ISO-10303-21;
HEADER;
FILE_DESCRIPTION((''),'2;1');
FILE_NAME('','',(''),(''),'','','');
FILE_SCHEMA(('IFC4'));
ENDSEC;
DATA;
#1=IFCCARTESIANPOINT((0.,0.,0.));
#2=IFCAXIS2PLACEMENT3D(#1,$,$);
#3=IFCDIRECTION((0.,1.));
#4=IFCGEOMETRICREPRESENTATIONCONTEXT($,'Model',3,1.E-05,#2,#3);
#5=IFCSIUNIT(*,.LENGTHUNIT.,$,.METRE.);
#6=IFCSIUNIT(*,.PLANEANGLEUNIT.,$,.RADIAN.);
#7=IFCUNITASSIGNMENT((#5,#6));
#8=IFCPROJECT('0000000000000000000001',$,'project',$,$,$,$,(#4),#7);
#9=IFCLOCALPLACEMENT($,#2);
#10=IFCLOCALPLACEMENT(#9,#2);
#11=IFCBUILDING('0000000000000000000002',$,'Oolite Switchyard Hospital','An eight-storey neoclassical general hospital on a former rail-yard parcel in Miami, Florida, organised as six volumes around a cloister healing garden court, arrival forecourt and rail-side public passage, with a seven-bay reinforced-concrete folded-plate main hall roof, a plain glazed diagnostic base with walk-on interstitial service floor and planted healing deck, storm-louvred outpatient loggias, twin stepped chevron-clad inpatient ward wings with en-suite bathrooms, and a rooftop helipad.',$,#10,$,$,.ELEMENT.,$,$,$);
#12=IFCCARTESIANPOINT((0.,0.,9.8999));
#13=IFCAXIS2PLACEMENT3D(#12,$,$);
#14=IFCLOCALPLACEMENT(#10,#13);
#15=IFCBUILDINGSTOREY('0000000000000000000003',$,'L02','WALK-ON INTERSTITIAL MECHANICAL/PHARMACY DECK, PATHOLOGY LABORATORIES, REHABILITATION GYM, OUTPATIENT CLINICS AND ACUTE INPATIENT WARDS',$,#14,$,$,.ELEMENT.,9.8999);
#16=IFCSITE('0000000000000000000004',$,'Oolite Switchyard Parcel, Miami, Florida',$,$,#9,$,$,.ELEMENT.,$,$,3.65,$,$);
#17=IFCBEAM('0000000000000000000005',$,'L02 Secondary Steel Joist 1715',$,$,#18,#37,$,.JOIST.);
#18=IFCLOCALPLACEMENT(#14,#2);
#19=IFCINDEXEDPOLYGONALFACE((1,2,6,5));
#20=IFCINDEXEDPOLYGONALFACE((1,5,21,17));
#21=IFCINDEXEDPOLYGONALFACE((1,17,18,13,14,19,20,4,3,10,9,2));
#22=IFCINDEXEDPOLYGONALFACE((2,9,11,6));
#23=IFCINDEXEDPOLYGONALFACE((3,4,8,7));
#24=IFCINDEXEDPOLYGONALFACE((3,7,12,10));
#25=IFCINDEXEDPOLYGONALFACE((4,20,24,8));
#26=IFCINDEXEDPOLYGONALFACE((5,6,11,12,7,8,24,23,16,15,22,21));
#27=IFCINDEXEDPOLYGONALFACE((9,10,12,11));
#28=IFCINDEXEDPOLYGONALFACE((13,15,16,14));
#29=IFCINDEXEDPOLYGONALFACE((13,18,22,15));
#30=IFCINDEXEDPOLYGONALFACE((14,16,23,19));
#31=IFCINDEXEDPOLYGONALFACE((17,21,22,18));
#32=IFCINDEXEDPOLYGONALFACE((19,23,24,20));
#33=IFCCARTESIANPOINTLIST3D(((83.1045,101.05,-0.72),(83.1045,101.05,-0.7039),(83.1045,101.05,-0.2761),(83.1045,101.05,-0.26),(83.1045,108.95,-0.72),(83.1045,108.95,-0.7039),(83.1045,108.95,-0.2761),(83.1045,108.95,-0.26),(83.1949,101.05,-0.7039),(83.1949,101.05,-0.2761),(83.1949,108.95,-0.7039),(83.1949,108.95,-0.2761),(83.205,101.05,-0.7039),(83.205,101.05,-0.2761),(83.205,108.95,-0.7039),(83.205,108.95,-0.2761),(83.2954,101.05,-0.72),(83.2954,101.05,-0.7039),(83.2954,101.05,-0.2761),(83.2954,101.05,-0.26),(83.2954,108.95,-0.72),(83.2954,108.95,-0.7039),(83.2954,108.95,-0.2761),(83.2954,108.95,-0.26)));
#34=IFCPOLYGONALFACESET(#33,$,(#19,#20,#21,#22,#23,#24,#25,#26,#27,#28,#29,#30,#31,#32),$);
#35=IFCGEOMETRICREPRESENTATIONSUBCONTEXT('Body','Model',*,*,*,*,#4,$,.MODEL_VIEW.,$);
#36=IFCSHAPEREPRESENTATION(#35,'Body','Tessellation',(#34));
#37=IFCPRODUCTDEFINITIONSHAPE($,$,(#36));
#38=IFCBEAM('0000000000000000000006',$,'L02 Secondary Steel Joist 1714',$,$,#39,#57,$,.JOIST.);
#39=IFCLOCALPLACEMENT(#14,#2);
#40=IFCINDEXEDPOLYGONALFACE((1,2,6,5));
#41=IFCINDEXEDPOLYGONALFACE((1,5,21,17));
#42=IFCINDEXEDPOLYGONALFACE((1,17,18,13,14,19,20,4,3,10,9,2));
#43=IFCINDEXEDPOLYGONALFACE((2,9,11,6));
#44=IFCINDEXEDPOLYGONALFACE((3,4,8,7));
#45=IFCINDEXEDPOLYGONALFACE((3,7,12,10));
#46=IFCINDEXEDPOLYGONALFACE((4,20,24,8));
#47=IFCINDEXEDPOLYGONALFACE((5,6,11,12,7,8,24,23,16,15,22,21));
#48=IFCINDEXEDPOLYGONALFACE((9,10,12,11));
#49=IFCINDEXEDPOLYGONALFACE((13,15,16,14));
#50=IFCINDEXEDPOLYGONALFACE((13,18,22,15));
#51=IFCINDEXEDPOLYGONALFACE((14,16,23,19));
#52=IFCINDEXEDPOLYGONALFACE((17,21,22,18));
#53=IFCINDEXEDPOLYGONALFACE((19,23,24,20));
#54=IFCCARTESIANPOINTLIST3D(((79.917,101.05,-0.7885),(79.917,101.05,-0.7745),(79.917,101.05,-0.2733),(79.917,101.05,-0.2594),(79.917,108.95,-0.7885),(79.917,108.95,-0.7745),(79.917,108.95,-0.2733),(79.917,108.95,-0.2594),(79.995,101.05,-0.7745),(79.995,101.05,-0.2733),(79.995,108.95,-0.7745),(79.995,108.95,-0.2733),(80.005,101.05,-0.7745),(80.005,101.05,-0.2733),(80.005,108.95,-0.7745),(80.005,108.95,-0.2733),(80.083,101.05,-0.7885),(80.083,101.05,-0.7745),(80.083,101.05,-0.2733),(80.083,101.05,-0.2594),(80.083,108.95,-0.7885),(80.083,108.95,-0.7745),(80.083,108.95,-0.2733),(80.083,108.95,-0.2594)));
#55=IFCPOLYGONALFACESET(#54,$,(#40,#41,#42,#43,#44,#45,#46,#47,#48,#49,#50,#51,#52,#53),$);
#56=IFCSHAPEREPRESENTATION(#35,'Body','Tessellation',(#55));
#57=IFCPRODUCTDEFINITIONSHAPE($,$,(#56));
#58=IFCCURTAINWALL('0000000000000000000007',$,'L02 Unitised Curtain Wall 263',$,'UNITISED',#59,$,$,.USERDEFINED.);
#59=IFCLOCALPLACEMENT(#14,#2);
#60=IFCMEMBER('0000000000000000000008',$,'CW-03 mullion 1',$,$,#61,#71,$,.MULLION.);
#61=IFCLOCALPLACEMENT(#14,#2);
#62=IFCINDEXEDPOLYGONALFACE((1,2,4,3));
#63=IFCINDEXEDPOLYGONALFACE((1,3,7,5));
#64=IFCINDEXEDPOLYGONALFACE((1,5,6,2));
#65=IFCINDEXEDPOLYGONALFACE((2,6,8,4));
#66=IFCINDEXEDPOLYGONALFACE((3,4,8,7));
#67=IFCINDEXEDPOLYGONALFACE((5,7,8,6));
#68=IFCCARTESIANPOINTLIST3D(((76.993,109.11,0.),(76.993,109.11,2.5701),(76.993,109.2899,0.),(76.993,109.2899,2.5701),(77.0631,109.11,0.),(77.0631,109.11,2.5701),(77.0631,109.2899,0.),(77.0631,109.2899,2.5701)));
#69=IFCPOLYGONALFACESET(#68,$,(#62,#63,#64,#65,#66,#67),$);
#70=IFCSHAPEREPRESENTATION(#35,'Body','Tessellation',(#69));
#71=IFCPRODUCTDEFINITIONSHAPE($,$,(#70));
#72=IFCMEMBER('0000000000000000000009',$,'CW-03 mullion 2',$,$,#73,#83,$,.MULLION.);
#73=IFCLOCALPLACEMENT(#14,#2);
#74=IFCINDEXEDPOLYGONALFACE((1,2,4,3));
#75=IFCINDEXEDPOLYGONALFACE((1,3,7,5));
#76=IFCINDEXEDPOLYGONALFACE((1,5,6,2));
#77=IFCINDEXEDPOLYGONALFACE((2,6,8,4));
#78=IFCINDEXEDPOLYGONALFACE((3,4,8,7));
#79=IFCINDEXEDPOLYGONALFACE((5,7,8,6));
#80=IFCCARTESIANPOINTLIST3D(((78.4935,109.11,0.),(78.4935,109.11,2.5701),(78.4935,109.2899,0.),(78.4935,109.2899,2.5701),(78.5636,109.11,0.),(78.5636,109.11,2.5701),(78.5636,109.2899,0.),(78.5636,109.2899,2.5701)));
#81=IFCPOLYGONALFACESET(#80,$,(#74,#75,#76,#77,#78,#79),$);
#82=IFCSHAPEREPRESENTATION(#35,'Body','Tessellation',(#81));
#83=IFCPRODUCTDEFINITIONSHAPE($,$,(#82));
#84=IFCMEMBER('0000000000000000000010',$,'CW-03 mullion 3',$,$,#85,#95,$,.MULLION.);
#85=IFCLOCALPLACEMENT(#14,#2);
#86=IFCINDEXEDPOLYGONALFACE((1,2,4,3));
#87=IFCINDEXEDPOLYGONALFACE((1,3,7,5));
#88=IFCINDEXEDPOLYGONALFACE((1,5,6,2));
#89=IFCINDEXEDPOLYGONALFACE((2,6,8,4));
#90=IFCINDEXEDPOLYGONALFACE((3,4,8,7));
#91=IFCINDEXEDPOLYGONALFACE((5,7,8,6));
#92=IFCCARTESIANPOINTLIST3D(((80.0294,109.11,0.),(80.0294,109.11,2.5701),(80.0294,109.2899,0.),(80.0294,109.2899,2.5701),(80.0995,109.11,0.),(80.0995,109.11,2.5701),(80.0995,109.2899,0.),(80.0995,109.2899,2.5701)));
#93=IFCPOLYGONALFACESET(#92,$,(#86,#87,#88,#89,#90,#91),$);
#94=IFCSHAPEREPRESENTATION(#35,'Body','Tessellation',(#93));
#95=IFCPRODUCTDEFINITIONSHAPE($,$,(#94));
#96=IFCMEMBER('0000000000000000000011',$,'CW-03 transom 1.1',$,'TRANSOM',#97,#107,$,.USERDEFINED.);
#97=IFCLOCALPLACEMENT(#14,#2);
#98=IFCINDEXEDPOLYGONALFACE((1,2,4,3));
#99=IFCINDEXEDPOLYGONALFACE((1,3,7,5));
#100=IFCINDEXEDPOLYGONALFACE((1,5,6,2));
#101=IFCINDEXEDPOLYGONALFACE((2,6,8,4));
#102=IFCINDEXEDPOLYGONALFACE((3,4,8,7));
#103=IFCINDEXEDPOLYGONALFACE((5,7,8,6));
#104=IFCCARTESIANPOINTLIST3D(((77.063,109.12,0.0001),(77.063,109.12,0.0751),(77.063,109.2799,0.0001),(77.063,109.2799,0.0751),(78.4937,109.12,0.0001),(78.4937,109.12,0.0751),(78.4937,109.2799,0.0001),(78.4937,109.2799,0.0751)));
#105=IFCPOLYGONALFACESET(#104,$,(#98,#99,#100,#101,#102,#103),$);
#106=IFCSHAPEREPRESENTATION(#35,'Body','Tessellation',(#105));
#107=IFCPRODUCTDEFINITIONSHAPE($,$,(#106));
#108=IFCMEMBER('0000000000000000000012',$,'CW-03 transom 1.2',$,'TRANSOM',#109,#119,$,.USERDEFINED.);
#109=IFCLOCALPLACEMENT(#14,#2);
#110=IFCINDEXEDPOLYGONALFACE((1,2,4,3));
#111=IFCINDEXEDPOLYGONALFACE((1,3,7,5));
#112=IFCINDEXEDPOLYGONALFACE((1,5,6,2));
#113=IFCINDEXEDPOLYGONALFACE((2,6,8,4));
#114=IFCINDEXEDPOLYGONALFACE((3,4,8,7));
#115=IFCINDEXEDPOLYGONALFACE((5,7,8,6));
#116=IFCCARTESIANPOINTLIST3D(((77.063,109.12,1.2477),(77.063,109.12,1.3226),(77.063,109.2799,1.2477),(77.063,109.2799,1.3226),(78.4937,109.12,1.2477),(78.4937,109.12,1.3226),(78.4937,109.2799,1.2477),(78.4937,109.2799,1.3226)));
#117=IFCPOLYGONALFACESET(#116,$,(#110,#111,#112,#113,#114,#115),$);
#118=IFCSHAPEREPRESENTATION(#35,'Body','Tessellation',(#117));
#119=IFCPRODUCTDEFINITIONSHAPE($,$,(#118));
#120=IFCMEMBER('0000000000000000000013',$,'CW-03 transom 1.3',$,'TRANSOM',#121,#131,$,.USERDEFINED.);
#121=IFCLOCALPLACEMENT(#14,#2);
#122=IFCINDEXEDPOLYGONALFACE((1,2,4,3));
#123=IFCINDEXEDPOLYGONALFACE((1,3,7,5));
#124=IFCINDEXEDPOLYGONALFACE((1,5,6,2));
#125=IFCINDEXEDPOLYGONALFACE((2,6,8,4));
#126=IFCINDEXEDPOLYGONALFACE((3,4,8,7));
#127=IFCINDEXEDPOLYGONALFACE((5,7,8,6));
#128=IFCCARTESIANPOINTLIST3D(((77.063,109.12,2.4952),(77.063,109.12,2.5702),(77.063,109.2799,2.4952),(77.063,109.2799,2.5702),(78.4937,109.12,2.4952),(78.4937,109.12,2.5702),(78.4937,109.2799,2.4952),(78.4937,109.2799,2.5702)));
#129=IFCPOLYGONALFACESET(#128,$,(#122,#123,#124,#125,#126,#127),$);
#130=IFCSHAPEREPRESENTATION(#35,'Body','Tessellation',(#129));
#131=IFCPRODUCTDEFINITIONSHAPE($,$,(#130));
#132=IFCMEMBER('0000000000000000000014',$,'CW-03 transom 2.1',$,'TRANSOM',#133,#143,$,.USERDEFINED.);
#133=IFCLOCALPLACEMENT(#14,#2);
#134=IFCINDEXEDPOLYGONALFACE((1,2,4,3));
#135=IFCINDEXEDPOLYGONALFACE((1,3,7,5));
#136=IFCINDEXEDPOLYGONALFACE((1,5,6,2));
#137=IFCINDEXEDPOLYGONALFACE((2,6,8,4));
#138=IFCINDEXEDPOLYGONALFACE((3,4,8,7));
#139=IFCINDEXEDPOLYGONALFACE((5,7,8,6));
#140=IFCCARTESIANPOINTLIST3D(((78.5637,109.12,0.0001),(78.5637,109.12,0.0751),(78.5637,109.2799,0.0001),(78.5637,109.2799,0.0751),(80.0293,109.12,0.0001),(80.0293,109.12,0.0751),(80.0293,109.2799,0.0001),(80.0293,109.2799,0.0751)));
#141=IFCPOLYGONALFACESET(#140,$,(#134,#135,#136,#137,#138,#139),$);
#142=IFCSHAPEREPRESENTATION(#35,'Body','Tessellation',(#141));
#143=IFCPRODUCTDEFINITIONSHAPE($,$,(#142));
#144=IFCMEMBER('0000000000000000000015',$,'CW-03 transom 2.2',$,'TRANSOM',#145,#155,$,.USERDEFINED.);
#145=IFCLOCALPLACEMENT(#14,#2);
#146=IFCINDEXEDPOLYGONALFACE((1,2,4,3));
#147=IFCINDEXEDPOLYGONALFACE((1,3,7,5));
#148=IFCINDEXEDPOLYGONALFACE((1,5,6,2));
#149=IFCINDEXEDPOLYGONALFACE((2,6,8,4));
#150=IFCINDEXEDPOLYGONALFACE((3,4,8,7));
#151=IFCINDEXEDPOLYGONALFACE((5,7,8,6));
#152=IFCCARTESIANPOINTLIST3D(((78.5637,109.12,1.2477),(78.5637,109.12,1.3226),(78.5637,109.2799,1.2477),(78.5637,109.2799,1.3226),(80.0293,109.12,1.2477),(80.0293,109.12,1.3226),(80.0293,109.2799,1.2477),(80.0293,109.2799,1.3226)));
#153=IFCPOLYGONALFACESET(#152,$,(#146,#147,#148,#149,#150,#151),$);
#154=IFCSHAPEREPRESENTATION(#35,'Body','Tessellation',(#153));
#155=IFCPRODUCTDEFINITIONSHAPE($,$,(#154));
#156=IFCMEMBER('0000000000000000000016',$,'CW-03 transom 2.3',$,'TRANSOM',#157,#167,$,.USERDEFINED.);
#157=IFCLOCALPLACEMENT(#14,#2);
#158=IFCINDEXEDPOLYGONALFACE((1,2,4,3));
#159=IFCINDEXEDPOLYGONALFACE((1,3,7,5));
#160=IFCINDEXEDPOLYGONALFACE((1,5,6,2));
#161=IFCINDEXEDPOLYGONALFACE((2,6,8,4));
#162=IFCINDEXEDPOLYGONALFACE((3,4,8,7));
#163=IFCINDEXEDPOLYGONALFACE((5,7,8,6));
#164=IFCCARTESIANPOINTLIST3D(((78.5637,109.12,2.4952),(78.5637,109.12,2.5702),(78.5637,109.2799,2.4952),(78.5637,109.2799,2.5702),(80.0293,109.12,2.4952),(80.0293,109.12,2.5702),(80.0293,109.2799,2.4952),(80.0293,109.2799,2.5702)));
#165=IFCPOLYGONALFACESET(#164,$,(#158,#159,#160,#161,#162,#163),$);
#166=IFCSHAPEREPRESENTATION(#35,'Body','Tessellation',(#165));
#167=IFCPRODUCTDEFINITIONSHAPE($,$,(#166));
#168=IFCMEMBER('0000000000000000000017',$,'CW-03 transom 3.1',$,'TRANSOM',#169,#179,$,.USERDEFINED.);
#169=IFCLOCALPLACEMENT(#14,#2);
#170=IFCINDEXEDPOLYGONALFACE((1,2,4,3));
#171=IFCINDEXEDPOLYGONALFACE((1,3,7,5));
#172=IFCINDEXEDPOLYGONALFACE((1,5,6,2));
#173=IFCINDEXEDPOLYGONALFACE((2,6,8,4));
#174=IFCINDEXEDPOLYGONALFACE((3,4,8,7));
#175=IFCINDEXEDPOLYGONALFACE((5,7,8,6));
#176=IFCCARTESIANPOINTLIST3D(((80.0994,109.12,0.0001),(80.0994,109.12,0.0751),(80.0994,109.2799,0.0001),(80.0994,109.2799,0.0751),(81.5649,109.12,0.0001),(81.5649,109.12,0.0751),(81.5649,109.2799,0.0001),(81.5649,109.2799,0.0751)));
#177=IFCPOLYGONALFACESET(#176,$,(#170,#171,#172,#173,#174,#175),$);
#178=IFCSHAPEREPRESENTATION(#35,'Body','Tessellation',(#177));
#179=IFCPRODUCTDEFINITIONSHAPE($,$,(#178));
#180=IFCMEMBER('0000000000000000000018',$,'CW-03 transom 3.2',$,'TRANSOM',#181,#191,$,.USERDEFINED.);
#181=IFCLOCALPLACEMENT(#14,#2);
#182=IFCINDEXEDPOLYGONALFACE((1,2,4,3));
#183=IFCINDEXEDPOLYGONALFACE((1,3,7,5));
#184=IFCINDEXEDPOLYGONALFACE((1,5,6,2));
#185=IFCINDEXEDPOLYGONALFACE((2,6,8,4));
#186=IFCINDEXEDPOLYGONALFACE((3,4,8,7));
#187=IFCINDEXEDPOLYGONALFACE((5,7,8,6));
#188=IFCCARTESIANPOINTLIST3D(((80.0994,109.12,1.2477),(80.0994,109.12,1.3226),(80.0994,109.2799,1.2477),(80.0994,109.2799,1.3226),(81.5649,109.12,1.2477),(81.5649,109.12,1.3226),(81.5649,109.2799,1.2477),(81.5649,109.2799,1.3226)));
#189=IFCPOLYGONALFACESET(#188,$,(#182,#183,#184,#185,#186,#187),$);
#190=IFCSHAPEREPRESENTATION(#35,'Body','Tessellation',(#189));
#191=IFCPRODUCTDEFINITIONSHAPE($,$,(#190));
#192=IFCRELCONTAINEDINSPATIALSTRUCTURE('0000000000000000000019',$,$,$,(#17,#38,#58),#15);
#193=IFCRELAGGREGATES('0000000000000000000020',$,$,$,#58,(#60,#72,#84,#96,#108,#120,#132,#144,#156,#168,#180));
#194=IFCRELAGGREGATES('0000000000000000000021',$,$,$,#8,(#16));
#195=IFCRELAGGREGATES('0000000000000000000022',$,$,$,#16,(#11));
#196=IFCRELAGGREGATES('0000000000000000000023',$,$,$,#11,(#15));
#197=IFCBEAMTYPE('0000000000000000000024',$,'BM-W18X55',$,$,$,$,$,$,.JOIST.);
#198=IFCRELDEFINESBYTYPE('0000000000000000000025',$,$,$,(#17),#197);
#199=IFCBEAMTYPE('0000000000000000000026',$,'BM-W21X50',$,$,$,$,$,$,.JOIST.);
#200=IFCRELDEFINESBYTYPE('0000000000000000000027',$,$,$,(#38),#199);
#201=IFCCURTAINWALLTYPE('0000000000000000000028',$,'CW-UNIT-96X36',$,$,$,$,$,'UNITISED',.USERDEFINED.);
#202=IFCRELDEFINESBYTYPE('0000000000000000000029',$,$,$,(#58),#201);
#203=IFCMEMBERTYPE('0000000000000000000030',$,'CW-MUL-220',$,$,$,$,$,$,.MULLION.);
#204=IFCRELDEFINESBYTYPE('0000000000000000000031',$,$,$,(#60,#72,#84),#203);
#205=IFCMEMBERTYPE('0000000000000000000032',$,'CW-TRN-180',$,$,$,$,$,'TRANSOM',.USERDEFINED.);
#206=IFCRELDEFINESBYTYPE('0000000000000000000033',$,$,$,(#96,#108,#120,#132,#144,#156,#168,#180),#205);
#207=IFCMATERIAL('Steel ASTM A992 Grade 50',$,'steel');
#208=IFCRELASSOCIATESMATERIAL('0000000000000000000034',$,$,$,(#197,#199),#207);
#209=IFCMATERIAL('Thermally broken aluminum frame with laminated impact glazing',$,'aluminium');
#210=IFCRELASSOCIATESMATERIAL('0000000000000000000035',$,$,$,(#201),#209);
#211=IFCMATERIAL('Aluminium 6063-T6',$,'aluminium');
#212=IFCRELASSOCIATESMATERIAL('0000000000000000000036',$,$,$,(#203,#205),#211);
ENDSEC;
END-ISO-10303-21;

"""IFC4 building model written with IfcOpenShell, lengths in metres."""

from ifc_helpers import new_model, si_unit, direction, frame, origin, origin_2d, place, context, subcontext, project, spatial, rectangle, i_section, extrude, material, material_profile, profile_set, type_object, element, aggregate, save


model = new_model("IFC4")

# Units and contexts
model_context = context("Model", 3, precision=1e-05, world=origin(), true_north=direction((0.0, 1.0)))
body_context = subcontext(model_context, "Body", "Model", "MODEL_VIEW")
ifc_project = project(units=[si_unit("LENGTHUNIT", "METRE"), si_unit("PLANEANGLEUNIT", "RADIAN")], contexts=[model_context])

# Site, building, storey
site_placement = place(None, origin())
site = spatial("IfcSite", under=ifc_project, at=site_placement, Name="Oolite Switchyard Parcel, Miami, Florida", CompositionType="ELEMENT", RefElevation=3.65)
building_placement = place(site_placement, origin())
building = spatial("IfcBuilding", under=site, at=building_placement, Name="Oolite Switchyard Hospital", Description="An eight-storey neoclassical general hospital on a former rail-yard parcel in Miami, Florida, organised as six volumes around a cloister healing garden court, arrival forecourt and rail-side public passage, with a seven-bay reinforced-concrete folded-plate main hall roof, a plain glazed diagnostic base with walk-on interstitial service floor and planted healing deck, storm-louvred outpatient loggias, twin stepped chevron-clad inpatient ward wings with en-suite bathrooms, and a rooftop helipad.", CompositionType="ELEMENT")
storey_placement = place(building_placement, frame((0.0, 0.0, 9.8999)))
storey = spatial("IfcBuildingStorey", under=building, at=storey_placement, Name="L02", Description="WALK-ON INTERSTITIAL MECHANICAL/PHARMACY DECK, PATHOLOGY LABORATORIES, REHABILITATION GYM, OUTPATIENT CLINICS AND ACUTE INPATIENT WARDS", CompositionType="ELEMENT", Elevation=9.8999)

# Beams
ifc_material_1 = material(Name="Steel ASTM A992 Grade 50", Category="steel")
ifc_material_profile_1 = material_profile(ifc_material_1, i_section(OverallWidth=0.1909, OverallDepth=0.46, WebThickness=0.01, FlangeThickness=0.0161, at=origin_2d()), Name="W18X55")
ifc_profile_set_1 = profile_set([ifc_material_profile_1], Name="Steel ASTM A992 Grade 50")
beam_type_1 = type_object("IfcBeamType", Name="BM-W18X55", PredefinedType="JOIST", material=ifc_profile_set_1)
beam_1_placement = place(storey_placement, frame((83.2, 101.05, -0.49), z_axis=(0.0, 1.0, 0.0), x_axis=(-1.0, 0.0, 0.0)))
element("IfcBeam", 1, at=beam_1_placement, inside=storey, type_object=beam_type_1, Name="L02 Secondary Steel Joist 1715", PredefinedType="JOIST", context=body_context, shape_type="SweptSolid", body=[
    extrude(i_section(OverallWidth=0.1909, OverallDepth=0.46, WebThickness=0.01, FlangeThickness=0.0161, at=origin_2d()), origin(), (0.0, 0.0, 1.0), 7.8999),
])
ifc_material_profile_2 = material_profile(ifc_material_1, i_section(OverallWidth=0.166, OverallDepth=0.5291, WebThickness=0.01, FlangeThickness=0.0139, at=origin_2d()), Name="W21X50")
ifc_profile_set_2 = profile_set([ifc_material_profile_2], Name="Steel ASTM A992 Grade 50")
beam_type_2 = type_object("IfcBeamType", Name="BM-W21X50", PredefinedType="JOIST", material=ifc_profile_set_2)
beam_2_placement = place(storey_placement, frame((80.0, 101.05, -0.5239), z_axis=(0.0, 1.0, 0.0), x_axis=(-1.0, 0.0, 0.0)))
element("IfcBeam", 2, at=beam_2_placement, inside=storey, type_object=beam_type_2, Name="L02 Secondary Steel Joist 1714", PredefinedType="JOIST", context=body_context, shape_type="SweptSolid", body=[
    extrude(i_section(OverallWidth=0.166, OverallDepth=0.5291, WebThickness=0.01, FlangeThickness=0.0139, at=origin_2d()), origin(), (0.0, 0.0, 1.0), 7.8999),
])

# Curtain wall, members
ifc_material_2 = material(Name="Thermally broken aluminum frame with laminated impact glazing", Category="aluminium")
curtain_wall_type = type_object("IfcCurtainWallType", Name="CW-UNIT-96X36", ElementType="UNITISED", PredefinedType="USERDEFINED", material=ifc_material_2)
curtain_wall_placement = place(storey_placement, origin())
curtain_wall = element("IfcCurtainWall", 3, at=curtain_wall_placement, inside=storey, type_object=curtain_wall_type, Name="L02 Unitised Curtain Wall 263", ObjectType="UNITISED", PredefinedType="USERDEFINED")
ifc_material_3 = material(Name="Aluminium 6063-T6", Category="aluminium")
ifc_material_profile_3 = material_profile(ifc_material_3, rectangle(XDim=0.1799, YDim=0.0701, at=origin_2d()), Name="CWM70X180")
ifc_profile_set_3 = profile_set([ifc_material_profile_3], Name="Aluminium 6063-T6")
member_type_1 = type_object("IfcMemberType", Name="CW-MUL-220", PredefinedType="MULLION", material=ifc_profile_set_3)
member_1_placement = place(storey_placement, frame((77.0281, 109.2, 0.0), z_axis=(0.0, 0.0, 1.0), x_axis=(0.0, 1.0, 0.0)))
member_1 = element("IfcMember", 4, at=member_1_placement, type_object=member_type_1, Name="CW-03 mullion 1", PredefinedType="MULLION", context=body_context, shape_type="SweptSolid", body=[
    extrude(rectangle(XDim=0.1799, YDim=0.0701, at=origin_2d()), origin(), (0.0, 0.0, 1.0), 2.5701),
])
member_2_placement = place(storey_placement, frame((78.5286, 109.2, 0.0), z_axis=(0.0, 0.0, 1.0), x_axis=(0.0, 1.0, 0.0)))
member_2 = element("IfcMember", 5, at=member_2_placement, type_object=member_type_1, Name="CW-03 mullion 2", PredefinedType="MULLION", context=body_context, shape_type="SweptSolid", body=[
    extrude(rectangle(XDim=0.1799, YDim=0.0701, at=origin_2d()), origin(), (0.0, 0.0, 1.0), 2.5701),
])
member_3_placement = place(storey_placement, frame((80.0645, 109.2, 0.0), z_axis=(0.0, 0.0, 1.0), x_axis=(0.0, 1.0, 0.0)))
member_3 = element("IfcMember", 6, at=member_3_placement, type_object=member_type_1, Name="CW-03 mullion 3", PredefinedType="MULLION", context=body_context, shape_type="SweptSolid", body=[
    extrude(rectangle(XDim=0.1799, YDim=0.0701, at=origin_2d()), origin(), (0.0, 0.0, 1.0), 2.5701),
])
ifc_material_profile_4 = material_profile(ifc_material_3, rectangle(XDim=0.1599, YDim=0.075, at=origin_2d()), Name="CWT75X160")
ifc_profile_set_4 = profile_set([ifc_material_profile_4], Name="Aluminium 6063-T6")
member_type_2 = type_object("IfcMemberType", Name="CW-TRN-180", ElementType="TRANSOM", PredefinedType="USERDEFINED", material=ifc_profile_set_4)
member_4_placement = place(storey_placement, frame((77.063, 109.2, 0.0376), z_axis=(1.0, 0.0, 0.0), x_axis=(0.0, 1.0, 0.0)))
member_4 = element("IfcMember", 7, at=member_4_placement, type_object=member_type_2, Name="CW-03 transom 1.1", ObjectType="TRANSOM", PredefinedType="USERDEFINED", context=body_context, shape_type="SweptSolid", body=[
    extrude(rectangle(XDim=0.1599, YDim=0.075, at=origin_2d()), origin(), (0.0, 0.0, 1.0), 1.4307),
])
member_5_placement = place(storey_placement, frame((77.063, 109.2, 1.2852), z_axis=(1.0, 0.0, 0.0), x_axis=(0.0, 1.0, 0.0)))
member_5 = element("IfcMember", 8, at=member_5_placement, type_object=member_type_2, Name="CW-03 transom 1.2", ObjectType="TRANSOM", PredefinedType="USERDEFINED", context=body_context, shape_type="SweptSolid", body=[
    extrude(rectangle(XDim=0.1599, YDim=0.075, at=origin_2d()), origin(), (0.0, 0.0, 1.0), 1.4307),
])
member_6_placement = place(storey_placement, frame((77.063, 109.2, 2.5327), z_axis=(1.0, 0.0, 0.0), x_axis=(0.0, 1.0, 0.0)))
member_6 = element("IfcMember", 9, at=member_6_placement, type_object=member_type_2, Name="CW-03 transom 1.3", ObjectType="TRANSOM", PredefinedType="USERDEFINED", context=body_context, shape_type="SweptSolid", body=[
    extrude(rectangle(XDim=0.1599, YDim=0.075, at=origin_2d()), origin(), (0.0, 0.0, 1.0), 1.4307),
])
member_7_placement = place(storey_placement, frame((78.5637, 109.2, 0.0376), z_axis=(1.0, 0.0, 0.0), x_axis=(0.0, 1.0, 0.0)))
member_7 = element("IfcMember", 10, at=member_7_placement, type_object=member_type_2, Name="CW-03 transom 2.1", ObjectType="TRANSOM", PredefinedType="USERDEFINED", context=body_context, shape_type="SweptSolid", body=[
    extrude(rectangle(XDim=0.1599, YDim=0.075, at=origin_2d()), origin(), (0.0, 0.0, 1.0), 1.4656),
])
member_8_placement = place(storey_placement, frame((78.5637, 109.2, 1.2852), z_axis=(1.0, 0.0, 0.0), x_axis=(0.0, 1.0, 0.0)))
member_8 = element("IfcMember", 11, at=member_8_placement, type_object=member_type_2, Name="CW-03 transom 2.2", ObjectType="TRANSOM", PredefinedType="USERDEFINED", context=body_context, shape_type="SweptSolid", body=[
    extrude(rectangle(XDim=0.1599, YDim=0.075, at=origin_2d()), origin(), (0.0, 0.0, 1.0), 1.4656),
])
member_9_placement = place(storey_placement, frame((78.5637, 109.2, 2.5327), z_axis=(1.0, 0.0, 0.0), x_axis=(0.0, 1.0, 0.0)))
member_9 = element("IfcMember", 12, at=member_9_placement, type_object=member_type_2, Name="CW-03 transom 2.3", ObjectType="TRANSOM", PredefinedType="USERDEFINED", context=body_context, shape_type="SweptSolid", body=[
    extrude(rectangle(XDim=0.1599, YDim=0.075, at=origin_2d()), origin(), (0.0, 0.0, 1.0), 1.4656),
])
member_10_placement = place(storey_placement, frame((80.0994, 109.2, 0.0376), z_axis=(1.0, 0.0, 0.0), x_axis=(0.0, 1.0, 0.0)))
member_10 = element("IfcMember", 13, at=member_10_placement, type_object=member_type_2, Name="CW-03 transom 3.1", ObjectType="TRANSOM", PredefinedType="USERDEFINED", context=body_context, shape_type="SweptSolid", body=[
    extrude(rectangle(XDim=0.1599, YDim=0.075, at=origin_2d()), origin(), (0.0, 0.0, 1.0), 1.4656),
])
member_11_placement = place(storey_placement, frame((80.0994, 109.2, 1.2852), z_axis=(1.0, 0.0, 0.0), x_axis=(0.0, 1.0, 0.0)))
member_11 = element("IfcMember", 14, at=member_11_placement, type_object=member_type_2, Name="CW-03 transom 3.2", ObjectType="TRANSOM", PredefinedType="USERDEFINED", context=body_context, shape_type="SweptSolid", body=[
    extrude(rectangle(XDim=0.1599, YDim=0.075, at=origin_2d()), origin(), (0.0, 0.0, 1.0), 1.4656),
])
aggregate(curtain_wall, [member_1, member_2, member_3, member_4, member_5, member_6, member_7, member_8, member_9, member_10, member_11])

save(model, "model.ifc")
